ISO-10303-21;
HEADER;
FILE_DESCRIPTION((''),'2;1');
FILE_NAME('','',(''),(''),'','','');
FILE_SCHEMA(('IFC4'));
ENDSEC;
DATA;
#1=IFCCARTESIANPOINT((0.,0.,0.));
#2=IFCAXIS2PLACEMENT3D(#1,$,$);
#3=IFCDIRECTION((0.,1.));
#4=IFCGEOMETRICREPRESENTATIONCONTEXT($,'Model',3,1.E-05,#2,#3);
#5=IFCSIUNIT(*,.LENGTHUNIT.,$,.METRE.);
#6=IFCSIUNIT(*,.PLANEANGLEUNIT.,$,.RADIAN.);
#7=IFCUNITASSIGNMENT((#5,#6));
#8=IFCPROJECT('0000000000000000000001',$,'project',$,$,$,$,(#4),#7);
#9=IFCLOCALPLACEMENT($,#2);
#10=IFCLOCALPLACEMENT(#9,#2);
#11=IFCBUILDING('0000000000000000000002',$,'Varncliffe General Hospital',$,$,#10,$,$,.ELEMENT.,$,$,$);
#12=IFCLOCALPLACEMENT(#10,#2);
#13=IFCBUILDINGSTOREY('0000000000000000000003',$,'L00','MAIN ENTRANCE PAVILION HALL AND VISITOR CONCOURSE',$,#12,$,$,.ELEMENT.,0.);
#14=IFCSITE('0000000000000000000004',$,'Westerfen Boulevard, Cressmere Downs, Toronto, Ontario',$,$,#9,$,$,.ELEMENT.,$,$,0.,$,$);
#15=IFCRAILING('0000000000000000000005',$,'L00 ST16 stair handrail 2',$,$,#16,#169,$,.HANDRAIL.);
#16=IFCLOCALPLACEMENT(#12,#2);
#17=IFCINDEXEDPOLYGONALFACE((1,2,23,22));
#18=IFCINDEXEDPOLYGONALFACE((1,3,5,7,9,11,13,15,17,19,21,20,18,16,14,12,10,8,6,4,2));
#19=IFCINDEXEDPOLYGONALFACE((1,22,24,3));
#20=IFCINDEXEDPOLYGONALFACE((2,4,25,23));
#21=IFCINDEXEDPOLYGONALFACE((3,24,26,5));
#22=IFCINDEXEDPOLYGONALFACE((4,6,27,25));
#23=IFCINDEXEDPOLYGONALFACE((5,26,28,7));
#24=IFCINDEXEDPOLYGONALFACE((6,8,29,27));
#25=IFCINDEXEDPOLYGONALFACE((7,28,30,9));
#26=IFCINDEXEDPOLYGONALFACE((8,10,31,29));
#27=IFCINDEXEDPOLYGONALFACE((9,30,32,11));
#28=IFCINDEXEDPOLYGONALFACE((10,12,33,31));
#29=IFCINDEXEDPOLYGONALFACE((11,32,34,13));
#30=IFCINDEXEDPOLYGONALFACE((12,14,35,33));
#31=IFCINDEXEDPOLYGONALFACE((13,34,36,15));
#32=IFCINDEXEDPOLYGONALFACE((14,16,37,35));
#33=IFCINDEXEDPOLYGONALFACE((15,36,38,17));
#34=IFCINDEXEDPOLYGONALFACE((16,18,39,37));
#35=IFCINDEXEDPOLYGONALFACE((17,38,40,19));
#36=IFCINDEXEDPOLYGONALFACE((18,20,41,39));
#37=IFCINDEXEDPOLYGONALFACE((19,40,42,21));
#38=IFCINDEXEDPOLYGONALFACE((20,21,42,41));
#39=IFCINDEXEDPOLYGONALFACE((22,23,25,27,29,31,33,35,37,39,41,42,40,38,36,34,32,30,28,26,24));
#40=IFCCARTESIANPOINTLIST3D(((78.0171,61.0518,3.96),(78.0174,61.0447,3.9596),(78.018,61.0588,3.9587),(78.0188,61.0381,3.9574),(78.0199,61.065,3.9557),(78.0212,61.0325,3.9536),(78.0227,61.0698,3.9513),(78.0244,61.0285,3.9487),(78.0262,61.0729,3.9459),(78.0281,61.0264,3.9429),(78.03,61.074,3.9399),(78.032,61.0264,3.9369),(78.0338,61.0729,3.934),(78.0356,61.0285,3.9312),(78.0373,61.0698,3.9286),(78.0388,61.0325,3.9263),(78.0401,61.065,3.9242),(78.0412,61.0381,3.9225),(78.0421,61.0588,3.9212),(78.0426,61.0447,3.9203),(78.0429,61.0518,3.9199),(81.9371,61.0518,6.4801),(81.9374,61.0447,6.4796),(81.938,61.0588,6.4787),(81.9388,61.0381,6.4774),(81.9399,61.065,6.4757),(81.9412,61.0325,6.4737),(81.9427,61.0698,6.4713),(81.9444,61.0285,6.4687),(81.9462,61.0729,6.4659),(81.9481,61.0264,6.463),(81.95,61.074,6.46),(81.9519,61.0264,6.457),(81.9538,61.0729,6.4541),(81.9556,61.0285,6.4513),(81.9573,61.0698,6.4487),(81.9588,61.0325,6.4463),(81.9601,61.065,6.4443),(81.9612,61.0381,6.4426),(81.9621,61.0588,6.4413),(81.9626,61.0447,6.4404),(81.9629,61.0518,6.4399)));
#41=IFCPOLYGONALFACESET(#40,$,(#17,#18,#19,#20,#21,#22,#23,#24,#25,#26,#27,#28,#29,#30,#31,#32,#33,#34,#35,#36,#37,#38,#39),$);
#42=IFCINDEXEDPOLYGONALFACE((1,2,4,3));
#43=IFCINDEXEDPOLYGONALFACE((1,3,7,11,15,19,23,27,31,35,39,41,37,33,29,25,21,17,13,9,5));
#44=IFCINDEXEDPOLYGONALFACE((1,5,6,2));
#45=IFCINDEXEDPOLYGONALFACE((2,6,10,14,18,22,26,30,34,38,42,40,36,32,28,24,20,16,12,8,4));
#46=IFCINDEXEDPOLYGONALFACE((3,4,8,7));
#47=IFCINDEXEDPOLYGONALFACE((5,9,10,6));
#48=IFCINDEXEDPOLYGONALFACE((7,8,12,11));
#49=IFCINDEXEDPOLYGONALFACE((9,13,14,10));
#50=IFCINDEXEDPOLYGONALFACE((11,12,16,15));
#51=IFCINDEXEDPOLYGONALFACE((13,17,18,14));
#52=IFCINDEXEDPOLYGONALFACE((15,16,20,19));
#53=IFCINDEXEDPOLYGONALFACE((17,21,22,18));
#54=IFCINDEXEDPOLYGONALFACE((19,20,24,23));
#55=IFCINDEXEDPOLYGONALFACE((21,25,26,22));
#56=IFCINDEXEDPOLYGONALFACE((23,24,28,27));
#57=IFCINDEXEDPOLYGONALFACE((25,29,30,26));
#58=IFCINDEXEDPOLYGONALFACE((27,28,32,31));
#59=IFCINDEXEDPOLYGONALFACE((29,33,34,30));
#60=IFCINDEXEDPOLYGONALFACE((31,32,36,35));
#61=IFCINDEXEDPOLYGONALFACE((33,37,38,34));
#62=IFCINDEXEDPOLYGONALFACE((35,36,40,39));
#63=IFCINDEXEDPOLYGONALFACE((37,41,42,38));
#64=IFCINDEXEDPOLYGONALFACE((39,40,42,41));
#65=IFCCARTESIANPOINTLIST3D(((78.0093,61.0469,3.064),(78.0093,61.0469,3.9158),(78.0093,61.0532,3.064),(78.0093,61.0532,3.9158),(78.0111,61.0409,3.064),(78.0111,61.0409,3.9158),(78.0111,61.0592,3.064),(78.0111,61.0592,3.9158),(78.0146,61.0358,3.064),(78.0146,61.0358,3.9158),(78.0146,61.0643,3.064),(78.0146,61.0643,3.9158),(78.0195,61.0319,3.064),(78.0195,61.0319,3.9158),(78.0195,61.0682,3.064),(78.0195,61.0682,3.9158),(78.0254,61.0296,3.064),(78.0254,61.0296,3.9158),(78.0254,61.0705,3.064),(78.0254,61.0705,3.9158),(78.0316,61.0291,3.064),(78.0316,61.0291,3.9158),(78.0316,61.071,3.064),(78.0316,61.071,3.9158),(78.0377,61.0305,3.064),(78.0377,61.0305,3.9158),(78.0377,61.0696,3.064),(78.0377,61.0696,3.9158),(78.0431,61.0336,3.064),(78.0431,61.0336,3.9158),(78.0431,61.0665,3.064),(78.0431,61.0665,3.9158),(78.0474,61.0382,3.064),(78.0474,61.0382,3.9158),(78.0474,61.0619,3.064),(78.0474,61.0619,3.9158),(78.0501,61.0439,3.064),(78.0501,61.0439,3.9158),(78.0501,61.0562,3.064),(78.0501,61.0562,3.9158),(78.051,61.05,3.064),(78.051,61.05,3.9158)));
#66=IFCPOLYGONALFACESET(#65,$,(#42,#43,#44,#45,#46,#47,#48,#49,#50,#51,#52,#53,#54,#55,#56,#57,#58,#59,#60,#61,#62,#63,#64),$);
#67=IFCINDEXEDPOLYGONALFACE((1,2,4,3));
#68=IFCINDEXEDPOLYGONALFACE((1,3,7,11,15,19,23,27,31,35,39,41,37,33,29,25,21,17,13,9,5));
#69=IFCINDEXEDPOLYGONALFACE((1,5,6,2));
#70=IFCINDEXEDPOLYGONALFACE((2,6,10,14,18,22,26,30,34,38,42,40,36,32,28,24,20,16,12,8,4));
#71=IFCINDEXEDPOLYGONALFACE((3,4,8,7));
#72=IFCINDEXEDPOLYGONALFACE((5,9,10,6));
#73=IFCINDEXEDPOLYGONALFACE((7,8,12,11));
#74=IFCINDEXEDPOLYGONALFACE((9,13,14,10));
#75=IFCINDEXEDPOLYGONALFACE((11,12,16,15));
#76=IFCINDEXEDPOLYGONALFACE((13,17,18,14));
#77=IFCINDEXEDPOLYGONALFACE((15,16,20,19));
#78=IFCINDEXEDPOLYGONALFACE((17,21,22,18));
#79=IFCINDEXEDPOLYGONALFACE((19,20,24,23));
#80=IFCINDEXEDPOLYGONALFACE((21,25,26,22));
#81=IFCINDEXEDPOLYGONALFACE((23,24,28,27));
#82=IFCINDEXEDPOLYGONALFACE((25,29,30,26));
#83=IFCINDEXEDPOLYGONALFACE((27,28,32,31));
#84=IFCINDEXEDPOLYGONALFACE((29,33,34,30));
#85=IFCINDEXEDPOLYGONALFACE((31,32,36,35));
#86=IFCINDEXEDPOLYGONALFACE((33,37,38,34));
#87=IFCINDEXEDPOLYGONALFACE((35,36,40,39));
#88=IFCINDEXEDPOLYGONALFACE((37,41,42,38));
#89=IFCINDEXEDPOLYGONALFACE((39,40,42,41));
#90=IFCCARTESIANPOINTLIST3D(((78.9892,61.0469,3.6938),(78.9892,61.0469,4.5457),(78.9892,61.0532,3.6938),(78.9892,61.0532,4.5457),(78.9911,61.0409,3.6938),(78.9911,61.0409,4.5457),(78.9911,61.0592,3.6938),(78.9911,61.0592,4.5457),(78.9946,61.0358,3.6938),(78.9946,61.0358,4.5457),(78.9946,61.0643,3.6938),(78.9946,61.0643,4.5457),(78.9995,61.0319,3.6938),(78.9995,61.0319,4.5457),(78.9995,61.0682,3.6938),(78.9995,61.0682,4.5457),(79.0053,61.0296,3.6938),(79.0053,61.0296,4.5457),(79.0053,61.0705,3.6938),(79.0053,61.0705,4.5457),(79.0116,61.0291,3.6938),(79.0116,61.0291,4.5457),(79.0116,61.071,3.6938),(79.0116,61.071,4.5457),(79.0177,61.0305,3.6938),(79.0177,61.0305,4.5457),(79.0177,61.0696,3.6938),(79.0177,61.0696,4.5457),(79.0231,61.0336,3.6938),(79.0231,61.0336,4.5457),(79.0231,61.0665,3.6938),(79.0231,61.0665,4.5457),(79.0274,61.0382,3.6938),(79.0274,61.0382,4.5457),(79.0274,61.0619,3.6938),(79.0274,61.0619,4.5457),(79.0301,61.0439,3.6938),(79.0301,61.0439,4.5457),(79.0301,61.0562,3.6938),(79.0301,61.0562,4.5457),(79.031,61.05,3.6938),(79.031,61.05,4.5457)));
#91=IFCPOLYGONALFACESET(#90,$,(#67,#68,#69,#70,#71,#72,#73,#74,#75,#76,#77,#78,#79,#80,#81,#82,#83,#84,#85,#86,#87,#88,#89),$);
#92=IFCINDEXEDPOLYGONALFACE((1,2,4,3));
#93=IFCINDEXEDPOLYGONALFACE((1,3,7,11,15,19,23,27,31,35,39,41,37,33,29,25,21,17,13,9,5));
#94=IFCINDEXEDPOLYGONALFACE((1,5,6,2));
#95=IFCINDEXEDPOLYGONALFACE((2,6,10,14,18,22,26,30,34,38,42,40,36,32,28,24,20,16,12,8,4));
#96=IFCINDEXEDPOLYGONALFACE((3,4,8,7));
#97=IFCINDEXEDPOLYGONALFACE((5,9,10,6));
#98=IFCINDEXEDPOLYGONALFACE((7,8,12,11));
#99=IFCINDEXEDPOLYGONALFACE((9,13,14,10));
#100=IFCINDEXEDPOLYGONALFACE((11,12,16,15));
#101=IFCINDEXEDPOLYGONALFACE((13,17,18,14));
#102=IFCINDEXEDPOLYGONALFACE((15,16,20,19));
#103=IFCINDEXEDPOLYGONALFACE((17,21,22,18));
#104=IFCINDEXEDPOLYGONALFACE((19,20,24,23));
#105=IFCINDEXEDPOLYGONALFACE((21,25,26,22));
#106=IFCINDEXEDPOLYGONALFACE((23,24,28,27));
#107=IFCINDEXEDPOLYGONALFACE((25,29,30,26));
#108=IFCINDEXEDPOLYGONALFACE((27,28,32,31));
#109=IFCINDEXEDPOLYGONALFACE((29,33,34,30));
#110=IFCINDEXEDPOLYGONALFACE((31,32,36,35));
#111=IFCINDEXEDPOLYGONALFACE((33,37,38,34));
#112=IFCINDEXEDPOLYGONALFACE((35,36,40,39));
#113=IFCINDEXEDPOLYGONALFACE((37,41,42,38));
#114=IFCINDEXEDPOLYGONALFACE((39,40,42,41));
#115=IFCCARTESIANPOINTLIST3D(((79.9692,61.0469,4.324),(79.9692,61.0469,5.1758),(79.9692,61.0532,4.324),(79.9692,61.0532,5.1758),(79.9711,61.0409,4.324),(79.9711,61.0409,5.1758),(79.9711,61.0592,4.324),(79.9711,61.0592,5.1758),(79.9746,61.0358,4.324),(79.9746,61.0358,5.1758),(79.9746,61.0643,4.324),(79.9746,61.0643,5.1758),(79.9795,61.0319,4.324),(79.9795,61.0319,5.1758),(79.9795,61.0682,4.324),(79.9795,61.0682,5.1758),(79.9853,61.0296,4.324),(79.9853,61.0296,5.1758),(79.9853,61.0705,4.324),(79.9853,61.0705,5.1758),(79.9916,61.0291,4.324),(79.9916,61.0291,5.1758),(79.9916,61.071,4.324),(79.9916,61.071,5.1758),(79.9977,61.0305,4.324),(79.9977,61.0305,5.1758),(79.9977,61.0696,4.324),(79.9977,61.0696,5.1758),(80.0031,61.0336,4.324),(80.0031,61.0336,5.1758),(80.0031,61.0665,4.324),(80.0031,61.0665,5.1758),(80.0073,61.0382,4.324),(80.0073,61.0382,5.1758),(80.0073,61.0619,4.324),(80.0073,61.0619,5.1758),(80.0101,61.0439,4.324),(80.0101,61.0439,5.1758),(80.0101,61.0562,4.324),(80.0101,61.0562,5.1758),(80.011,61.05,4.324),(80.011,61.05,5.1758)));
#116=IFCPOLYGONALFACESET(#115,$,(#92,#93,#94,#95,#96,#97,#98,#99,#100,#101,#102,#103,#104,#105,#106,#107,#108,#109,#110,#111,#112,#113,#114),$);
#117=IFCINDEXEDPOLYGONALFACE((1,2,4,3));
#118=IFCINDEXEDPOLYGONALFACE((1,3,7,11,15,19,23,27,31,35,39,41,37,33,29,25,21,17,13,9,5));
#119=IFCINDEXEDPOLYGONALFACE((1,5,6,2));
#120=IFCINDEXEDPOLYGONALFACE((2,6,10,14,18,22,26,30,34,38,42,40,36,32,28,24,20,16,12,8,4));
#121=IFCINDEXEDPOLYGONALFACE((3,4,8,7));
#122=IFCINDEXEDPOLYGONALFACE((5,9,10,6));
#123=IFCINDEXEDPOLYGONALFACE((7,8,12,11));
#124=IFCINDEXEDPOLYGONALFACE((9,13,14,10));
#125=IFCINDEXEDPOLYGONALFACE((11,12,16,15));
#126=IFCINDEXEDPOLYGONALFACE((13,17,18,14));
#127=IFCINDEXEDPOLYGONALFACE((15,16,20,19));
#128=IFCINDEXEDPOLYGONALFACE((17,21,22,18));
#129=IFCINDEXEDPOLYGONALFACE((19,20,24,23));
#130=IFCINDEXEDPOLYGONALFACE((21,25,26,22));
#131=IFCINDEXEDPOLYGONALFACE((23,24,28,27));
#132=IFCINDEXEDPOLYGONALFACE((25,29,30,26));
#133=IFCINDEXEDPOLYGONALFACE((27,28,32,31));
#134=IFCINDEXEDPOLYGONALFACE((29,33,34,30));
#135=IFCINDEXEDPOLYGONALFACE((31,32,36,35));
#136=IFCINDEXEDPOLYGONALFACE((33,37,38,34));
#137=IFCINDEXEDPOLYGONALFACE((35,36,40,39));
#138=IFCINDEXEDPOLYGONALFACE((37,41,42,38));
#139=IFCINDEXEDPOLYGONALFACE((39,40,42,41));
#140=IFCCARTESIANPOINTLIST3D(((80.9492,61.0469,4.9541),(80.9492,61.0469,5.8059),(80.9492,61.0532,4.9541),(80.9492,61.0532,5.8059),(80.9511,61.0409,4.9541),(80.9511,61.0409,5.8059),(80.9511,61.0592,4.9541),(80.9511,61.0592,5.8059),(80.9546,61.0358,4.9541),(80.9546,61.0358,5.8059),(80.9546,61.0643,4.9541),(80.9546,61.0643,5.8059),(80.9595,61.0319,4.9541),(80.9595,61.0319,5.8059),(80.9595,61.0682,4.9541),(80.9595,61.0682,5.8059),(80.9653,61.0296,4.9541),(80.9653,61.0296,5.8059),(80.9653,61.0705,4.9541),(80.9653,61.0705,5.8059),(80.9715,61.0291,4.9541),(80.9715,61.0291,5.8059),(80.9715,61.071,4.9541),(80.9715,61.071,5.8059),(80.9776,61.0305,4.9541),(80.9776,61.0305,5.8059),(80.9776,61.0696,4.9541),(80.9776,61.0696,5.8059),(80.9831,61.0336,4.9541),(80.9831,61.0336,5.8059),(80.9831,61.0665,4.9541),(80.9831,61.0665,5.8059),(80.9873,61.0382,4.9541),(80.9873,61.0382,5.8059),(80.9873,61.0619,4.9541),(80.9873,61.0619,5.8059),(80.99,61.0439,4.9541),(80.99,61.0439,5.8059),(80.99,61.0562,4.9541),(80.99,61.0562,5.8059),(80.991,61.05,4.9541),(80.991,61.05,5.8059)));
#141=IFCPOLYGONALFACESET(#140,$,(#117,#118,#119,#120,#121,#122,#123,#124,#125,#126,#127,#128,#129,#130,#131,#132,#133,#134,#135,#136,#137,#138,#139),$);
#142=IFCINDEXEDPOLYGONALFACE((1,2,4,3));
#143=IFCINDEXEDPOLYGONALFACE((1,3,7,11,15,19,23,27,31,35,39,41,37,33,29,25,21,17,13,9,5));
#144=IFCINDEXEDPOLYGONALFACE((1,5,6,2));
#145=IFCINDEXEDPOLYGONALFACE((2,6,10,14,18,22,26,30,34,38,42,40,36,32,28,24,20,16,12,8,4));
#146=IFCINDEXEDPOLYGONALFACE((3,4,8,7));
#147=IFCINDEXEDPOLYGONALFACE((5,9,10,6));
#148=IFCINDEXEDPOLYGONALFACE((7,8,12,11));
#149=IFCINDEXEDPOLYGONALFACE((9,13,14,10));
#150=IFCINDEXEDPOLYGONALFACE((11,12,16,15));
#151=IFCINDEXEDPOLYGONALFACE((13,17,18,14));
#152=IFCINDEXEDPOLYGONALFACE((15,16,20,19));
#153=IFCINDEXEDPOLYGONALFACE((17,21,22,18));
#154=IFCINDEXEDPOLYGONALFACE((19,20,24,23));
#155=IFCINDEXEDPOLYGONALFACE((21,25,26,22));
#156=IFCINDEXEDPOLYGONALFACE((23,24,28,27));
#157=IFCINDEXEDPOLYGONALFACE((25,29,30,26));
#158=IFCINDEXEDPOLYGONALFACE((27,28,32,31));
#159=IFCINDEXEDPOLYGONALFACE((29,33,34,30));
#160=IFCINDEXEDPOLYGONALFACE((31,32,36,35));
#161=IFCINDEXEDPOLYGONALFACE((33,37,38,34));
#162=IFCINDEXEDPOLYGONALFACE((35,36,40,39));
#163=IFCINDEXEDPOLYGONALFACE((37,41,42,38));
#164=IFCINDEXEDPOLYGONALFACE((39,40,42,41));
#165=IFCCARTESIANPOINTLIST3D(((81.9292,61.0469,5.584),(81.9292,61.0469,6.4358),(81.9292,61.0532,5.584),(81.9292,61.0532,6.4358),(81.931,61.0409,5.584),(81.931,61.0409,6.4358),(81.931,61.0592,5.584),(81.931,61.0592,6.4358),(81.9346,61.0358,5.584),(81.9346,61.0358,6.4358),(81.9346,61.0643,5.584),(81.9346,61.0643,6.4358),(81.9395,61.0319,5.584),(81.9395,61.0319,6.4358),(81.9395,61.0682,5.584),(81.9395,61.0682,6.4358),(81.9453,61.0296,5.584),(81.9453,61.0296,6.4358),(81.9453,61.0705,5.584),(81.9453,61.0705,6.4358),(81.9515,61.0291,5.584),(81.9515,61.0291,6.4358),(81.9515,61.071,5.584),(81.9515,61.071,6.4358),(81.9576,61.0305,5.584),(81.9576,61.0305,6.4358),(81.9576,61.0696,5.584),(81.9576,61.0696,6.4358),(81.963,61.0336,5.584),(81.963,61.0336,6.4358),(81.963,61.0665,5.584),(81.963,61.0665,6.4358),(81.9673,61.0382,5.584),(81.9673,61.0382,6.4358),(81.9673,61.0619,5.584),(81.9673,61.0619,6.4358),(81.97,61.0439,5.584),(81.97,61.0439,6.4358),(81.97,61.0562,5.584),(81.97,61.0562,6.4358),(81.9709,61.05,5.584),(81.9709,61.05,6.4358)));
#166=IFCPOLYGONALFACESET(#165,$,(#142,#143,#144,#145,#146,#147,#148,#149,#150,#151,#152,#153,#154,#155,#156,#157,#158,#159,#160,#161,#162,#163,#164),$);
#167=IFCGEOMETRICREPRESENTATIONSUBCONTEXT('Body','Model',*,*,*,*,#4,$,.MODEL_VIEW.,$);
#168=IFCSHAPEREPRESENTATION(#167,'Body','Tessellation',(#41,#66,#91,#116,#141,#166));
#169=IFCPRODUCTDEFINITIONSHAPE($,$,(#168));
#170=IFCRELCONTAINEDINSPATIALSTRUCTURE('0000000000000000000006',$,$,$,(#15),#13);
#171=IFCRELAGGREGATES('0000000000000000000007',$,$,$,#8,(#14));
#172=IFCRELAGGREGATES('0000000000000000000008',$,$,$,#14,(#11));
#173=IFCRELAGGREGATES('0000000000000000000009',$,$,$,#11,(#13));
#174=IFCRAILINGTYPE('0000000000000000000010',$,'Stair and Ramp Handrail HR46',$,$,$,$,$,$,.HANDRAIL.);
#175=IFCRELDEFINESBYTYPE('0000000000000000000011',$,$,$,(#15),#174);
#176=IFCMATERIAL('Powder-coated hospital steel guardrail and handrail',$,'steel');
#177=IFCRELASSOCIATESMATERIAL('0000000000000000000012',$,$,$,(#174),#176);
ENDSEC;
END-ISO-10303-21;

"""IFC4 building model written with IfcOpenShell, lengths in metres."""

from ifc_helpers import new_model, si_unit, direction, frame, origin, origin_2d, place, context, subcontext, project, spatial, circle, extrude, material, type_object, element, save


model = new_model("IFC4")

# Units and contexts
model_context = context("Model", 3, precision=1e-05, world=origin(), true_north=direction((0.0, 1.0)))
body_context = subcontext(model_context, "Body", "Model", "MODEL_VIEW")
ifc_project = project(units=[si_unit("LENGTHUNIT", "METRE"), si_unit("PLANEANGLEUNIT", "RADIAN")], contexts=[model_context])

# Site, building, storey
site_placement = place(None, origin())
site = spatial("IfcSite", under=ifc_project, at=site_placement, Name="Westerfen Boulevard, Cressmere Downs, Toronto, Ontario", CompositionType="ELEMENT", RefElevation=0.0)
building_placement = place(site_placement, origin())
building = spatial("IfcBuilding", under=site, at=building_placement, Name="Varncliffe General Hospital", CompositionType="ELEMENT")
storey_placement = place(building_placement, origin())
storey = spatial("IfcBuildingStorey", under=building, at=storey_placement, Name="L00", Description="MAIN ENTRANCE PAVILION HALL AND VISITOR CONCOURSE", CompositionType="ELEMENT", Elevation=0.0)

# Railing
ifc_material_1 = material(Name="Powder-coated hospital steel guardrail and handrail", Category="steel")
railing_type_1 = type_object("IfcRailingType", Name="Stair and Ramp Handrail HR46", PredefinedType="HANDRAIL", material=ifc_material_1)
railing_1_placement = place(storey_placement, frame((78.03, 61.05, 3.064)))
element("IfcRailing", 1, at=railing_1_placement, inside=storey, type_object=railing_type_1, Name="L00 ST16 stair handrail 2", PredefinedType="HANDRAIL", context=body_context, shape_type="SweptSolid", body=[
    extrude(circle(Radius=0.0239, at=origin_2d()), frame((0.0, 0.0, 0.876), z_axis=(0.841172, 0.0, 0.540768), x_axis=(0.0, 1.0, 0.0)), (0.0, 0.0, 1.0), 4.6602),
    extrude(circle(Radius=0.021, at=origin_2d()), origin(), (0.0, 0.0, 1.0), 0.8518),
    extrude(circle(Radius=0.021, at=origin_2d()), frame((0.98, 0.0, 0.6299)), (0.0, 0.0, 1.0), 0.8518),
    extrude(circle(Radius=0.021, at=origin_2d()), frame((1.96, 0.0, 1.26)), (0.0, 0.0, 1.0), 0.8518),
    extrude(circle(Radius=0.021, at=origin_2d()), frame((2.9399, 0.0, 1.8901)), (0.0, 0.0, 1.0), 0.8518),
    extrude(circle(Radius=0.021, at=origin_2d()), frame((3.9199, 0.0, 2.52)), (0.0, 0.0, 1.0), 0.8518),
])

save(model, "model.ifc")
